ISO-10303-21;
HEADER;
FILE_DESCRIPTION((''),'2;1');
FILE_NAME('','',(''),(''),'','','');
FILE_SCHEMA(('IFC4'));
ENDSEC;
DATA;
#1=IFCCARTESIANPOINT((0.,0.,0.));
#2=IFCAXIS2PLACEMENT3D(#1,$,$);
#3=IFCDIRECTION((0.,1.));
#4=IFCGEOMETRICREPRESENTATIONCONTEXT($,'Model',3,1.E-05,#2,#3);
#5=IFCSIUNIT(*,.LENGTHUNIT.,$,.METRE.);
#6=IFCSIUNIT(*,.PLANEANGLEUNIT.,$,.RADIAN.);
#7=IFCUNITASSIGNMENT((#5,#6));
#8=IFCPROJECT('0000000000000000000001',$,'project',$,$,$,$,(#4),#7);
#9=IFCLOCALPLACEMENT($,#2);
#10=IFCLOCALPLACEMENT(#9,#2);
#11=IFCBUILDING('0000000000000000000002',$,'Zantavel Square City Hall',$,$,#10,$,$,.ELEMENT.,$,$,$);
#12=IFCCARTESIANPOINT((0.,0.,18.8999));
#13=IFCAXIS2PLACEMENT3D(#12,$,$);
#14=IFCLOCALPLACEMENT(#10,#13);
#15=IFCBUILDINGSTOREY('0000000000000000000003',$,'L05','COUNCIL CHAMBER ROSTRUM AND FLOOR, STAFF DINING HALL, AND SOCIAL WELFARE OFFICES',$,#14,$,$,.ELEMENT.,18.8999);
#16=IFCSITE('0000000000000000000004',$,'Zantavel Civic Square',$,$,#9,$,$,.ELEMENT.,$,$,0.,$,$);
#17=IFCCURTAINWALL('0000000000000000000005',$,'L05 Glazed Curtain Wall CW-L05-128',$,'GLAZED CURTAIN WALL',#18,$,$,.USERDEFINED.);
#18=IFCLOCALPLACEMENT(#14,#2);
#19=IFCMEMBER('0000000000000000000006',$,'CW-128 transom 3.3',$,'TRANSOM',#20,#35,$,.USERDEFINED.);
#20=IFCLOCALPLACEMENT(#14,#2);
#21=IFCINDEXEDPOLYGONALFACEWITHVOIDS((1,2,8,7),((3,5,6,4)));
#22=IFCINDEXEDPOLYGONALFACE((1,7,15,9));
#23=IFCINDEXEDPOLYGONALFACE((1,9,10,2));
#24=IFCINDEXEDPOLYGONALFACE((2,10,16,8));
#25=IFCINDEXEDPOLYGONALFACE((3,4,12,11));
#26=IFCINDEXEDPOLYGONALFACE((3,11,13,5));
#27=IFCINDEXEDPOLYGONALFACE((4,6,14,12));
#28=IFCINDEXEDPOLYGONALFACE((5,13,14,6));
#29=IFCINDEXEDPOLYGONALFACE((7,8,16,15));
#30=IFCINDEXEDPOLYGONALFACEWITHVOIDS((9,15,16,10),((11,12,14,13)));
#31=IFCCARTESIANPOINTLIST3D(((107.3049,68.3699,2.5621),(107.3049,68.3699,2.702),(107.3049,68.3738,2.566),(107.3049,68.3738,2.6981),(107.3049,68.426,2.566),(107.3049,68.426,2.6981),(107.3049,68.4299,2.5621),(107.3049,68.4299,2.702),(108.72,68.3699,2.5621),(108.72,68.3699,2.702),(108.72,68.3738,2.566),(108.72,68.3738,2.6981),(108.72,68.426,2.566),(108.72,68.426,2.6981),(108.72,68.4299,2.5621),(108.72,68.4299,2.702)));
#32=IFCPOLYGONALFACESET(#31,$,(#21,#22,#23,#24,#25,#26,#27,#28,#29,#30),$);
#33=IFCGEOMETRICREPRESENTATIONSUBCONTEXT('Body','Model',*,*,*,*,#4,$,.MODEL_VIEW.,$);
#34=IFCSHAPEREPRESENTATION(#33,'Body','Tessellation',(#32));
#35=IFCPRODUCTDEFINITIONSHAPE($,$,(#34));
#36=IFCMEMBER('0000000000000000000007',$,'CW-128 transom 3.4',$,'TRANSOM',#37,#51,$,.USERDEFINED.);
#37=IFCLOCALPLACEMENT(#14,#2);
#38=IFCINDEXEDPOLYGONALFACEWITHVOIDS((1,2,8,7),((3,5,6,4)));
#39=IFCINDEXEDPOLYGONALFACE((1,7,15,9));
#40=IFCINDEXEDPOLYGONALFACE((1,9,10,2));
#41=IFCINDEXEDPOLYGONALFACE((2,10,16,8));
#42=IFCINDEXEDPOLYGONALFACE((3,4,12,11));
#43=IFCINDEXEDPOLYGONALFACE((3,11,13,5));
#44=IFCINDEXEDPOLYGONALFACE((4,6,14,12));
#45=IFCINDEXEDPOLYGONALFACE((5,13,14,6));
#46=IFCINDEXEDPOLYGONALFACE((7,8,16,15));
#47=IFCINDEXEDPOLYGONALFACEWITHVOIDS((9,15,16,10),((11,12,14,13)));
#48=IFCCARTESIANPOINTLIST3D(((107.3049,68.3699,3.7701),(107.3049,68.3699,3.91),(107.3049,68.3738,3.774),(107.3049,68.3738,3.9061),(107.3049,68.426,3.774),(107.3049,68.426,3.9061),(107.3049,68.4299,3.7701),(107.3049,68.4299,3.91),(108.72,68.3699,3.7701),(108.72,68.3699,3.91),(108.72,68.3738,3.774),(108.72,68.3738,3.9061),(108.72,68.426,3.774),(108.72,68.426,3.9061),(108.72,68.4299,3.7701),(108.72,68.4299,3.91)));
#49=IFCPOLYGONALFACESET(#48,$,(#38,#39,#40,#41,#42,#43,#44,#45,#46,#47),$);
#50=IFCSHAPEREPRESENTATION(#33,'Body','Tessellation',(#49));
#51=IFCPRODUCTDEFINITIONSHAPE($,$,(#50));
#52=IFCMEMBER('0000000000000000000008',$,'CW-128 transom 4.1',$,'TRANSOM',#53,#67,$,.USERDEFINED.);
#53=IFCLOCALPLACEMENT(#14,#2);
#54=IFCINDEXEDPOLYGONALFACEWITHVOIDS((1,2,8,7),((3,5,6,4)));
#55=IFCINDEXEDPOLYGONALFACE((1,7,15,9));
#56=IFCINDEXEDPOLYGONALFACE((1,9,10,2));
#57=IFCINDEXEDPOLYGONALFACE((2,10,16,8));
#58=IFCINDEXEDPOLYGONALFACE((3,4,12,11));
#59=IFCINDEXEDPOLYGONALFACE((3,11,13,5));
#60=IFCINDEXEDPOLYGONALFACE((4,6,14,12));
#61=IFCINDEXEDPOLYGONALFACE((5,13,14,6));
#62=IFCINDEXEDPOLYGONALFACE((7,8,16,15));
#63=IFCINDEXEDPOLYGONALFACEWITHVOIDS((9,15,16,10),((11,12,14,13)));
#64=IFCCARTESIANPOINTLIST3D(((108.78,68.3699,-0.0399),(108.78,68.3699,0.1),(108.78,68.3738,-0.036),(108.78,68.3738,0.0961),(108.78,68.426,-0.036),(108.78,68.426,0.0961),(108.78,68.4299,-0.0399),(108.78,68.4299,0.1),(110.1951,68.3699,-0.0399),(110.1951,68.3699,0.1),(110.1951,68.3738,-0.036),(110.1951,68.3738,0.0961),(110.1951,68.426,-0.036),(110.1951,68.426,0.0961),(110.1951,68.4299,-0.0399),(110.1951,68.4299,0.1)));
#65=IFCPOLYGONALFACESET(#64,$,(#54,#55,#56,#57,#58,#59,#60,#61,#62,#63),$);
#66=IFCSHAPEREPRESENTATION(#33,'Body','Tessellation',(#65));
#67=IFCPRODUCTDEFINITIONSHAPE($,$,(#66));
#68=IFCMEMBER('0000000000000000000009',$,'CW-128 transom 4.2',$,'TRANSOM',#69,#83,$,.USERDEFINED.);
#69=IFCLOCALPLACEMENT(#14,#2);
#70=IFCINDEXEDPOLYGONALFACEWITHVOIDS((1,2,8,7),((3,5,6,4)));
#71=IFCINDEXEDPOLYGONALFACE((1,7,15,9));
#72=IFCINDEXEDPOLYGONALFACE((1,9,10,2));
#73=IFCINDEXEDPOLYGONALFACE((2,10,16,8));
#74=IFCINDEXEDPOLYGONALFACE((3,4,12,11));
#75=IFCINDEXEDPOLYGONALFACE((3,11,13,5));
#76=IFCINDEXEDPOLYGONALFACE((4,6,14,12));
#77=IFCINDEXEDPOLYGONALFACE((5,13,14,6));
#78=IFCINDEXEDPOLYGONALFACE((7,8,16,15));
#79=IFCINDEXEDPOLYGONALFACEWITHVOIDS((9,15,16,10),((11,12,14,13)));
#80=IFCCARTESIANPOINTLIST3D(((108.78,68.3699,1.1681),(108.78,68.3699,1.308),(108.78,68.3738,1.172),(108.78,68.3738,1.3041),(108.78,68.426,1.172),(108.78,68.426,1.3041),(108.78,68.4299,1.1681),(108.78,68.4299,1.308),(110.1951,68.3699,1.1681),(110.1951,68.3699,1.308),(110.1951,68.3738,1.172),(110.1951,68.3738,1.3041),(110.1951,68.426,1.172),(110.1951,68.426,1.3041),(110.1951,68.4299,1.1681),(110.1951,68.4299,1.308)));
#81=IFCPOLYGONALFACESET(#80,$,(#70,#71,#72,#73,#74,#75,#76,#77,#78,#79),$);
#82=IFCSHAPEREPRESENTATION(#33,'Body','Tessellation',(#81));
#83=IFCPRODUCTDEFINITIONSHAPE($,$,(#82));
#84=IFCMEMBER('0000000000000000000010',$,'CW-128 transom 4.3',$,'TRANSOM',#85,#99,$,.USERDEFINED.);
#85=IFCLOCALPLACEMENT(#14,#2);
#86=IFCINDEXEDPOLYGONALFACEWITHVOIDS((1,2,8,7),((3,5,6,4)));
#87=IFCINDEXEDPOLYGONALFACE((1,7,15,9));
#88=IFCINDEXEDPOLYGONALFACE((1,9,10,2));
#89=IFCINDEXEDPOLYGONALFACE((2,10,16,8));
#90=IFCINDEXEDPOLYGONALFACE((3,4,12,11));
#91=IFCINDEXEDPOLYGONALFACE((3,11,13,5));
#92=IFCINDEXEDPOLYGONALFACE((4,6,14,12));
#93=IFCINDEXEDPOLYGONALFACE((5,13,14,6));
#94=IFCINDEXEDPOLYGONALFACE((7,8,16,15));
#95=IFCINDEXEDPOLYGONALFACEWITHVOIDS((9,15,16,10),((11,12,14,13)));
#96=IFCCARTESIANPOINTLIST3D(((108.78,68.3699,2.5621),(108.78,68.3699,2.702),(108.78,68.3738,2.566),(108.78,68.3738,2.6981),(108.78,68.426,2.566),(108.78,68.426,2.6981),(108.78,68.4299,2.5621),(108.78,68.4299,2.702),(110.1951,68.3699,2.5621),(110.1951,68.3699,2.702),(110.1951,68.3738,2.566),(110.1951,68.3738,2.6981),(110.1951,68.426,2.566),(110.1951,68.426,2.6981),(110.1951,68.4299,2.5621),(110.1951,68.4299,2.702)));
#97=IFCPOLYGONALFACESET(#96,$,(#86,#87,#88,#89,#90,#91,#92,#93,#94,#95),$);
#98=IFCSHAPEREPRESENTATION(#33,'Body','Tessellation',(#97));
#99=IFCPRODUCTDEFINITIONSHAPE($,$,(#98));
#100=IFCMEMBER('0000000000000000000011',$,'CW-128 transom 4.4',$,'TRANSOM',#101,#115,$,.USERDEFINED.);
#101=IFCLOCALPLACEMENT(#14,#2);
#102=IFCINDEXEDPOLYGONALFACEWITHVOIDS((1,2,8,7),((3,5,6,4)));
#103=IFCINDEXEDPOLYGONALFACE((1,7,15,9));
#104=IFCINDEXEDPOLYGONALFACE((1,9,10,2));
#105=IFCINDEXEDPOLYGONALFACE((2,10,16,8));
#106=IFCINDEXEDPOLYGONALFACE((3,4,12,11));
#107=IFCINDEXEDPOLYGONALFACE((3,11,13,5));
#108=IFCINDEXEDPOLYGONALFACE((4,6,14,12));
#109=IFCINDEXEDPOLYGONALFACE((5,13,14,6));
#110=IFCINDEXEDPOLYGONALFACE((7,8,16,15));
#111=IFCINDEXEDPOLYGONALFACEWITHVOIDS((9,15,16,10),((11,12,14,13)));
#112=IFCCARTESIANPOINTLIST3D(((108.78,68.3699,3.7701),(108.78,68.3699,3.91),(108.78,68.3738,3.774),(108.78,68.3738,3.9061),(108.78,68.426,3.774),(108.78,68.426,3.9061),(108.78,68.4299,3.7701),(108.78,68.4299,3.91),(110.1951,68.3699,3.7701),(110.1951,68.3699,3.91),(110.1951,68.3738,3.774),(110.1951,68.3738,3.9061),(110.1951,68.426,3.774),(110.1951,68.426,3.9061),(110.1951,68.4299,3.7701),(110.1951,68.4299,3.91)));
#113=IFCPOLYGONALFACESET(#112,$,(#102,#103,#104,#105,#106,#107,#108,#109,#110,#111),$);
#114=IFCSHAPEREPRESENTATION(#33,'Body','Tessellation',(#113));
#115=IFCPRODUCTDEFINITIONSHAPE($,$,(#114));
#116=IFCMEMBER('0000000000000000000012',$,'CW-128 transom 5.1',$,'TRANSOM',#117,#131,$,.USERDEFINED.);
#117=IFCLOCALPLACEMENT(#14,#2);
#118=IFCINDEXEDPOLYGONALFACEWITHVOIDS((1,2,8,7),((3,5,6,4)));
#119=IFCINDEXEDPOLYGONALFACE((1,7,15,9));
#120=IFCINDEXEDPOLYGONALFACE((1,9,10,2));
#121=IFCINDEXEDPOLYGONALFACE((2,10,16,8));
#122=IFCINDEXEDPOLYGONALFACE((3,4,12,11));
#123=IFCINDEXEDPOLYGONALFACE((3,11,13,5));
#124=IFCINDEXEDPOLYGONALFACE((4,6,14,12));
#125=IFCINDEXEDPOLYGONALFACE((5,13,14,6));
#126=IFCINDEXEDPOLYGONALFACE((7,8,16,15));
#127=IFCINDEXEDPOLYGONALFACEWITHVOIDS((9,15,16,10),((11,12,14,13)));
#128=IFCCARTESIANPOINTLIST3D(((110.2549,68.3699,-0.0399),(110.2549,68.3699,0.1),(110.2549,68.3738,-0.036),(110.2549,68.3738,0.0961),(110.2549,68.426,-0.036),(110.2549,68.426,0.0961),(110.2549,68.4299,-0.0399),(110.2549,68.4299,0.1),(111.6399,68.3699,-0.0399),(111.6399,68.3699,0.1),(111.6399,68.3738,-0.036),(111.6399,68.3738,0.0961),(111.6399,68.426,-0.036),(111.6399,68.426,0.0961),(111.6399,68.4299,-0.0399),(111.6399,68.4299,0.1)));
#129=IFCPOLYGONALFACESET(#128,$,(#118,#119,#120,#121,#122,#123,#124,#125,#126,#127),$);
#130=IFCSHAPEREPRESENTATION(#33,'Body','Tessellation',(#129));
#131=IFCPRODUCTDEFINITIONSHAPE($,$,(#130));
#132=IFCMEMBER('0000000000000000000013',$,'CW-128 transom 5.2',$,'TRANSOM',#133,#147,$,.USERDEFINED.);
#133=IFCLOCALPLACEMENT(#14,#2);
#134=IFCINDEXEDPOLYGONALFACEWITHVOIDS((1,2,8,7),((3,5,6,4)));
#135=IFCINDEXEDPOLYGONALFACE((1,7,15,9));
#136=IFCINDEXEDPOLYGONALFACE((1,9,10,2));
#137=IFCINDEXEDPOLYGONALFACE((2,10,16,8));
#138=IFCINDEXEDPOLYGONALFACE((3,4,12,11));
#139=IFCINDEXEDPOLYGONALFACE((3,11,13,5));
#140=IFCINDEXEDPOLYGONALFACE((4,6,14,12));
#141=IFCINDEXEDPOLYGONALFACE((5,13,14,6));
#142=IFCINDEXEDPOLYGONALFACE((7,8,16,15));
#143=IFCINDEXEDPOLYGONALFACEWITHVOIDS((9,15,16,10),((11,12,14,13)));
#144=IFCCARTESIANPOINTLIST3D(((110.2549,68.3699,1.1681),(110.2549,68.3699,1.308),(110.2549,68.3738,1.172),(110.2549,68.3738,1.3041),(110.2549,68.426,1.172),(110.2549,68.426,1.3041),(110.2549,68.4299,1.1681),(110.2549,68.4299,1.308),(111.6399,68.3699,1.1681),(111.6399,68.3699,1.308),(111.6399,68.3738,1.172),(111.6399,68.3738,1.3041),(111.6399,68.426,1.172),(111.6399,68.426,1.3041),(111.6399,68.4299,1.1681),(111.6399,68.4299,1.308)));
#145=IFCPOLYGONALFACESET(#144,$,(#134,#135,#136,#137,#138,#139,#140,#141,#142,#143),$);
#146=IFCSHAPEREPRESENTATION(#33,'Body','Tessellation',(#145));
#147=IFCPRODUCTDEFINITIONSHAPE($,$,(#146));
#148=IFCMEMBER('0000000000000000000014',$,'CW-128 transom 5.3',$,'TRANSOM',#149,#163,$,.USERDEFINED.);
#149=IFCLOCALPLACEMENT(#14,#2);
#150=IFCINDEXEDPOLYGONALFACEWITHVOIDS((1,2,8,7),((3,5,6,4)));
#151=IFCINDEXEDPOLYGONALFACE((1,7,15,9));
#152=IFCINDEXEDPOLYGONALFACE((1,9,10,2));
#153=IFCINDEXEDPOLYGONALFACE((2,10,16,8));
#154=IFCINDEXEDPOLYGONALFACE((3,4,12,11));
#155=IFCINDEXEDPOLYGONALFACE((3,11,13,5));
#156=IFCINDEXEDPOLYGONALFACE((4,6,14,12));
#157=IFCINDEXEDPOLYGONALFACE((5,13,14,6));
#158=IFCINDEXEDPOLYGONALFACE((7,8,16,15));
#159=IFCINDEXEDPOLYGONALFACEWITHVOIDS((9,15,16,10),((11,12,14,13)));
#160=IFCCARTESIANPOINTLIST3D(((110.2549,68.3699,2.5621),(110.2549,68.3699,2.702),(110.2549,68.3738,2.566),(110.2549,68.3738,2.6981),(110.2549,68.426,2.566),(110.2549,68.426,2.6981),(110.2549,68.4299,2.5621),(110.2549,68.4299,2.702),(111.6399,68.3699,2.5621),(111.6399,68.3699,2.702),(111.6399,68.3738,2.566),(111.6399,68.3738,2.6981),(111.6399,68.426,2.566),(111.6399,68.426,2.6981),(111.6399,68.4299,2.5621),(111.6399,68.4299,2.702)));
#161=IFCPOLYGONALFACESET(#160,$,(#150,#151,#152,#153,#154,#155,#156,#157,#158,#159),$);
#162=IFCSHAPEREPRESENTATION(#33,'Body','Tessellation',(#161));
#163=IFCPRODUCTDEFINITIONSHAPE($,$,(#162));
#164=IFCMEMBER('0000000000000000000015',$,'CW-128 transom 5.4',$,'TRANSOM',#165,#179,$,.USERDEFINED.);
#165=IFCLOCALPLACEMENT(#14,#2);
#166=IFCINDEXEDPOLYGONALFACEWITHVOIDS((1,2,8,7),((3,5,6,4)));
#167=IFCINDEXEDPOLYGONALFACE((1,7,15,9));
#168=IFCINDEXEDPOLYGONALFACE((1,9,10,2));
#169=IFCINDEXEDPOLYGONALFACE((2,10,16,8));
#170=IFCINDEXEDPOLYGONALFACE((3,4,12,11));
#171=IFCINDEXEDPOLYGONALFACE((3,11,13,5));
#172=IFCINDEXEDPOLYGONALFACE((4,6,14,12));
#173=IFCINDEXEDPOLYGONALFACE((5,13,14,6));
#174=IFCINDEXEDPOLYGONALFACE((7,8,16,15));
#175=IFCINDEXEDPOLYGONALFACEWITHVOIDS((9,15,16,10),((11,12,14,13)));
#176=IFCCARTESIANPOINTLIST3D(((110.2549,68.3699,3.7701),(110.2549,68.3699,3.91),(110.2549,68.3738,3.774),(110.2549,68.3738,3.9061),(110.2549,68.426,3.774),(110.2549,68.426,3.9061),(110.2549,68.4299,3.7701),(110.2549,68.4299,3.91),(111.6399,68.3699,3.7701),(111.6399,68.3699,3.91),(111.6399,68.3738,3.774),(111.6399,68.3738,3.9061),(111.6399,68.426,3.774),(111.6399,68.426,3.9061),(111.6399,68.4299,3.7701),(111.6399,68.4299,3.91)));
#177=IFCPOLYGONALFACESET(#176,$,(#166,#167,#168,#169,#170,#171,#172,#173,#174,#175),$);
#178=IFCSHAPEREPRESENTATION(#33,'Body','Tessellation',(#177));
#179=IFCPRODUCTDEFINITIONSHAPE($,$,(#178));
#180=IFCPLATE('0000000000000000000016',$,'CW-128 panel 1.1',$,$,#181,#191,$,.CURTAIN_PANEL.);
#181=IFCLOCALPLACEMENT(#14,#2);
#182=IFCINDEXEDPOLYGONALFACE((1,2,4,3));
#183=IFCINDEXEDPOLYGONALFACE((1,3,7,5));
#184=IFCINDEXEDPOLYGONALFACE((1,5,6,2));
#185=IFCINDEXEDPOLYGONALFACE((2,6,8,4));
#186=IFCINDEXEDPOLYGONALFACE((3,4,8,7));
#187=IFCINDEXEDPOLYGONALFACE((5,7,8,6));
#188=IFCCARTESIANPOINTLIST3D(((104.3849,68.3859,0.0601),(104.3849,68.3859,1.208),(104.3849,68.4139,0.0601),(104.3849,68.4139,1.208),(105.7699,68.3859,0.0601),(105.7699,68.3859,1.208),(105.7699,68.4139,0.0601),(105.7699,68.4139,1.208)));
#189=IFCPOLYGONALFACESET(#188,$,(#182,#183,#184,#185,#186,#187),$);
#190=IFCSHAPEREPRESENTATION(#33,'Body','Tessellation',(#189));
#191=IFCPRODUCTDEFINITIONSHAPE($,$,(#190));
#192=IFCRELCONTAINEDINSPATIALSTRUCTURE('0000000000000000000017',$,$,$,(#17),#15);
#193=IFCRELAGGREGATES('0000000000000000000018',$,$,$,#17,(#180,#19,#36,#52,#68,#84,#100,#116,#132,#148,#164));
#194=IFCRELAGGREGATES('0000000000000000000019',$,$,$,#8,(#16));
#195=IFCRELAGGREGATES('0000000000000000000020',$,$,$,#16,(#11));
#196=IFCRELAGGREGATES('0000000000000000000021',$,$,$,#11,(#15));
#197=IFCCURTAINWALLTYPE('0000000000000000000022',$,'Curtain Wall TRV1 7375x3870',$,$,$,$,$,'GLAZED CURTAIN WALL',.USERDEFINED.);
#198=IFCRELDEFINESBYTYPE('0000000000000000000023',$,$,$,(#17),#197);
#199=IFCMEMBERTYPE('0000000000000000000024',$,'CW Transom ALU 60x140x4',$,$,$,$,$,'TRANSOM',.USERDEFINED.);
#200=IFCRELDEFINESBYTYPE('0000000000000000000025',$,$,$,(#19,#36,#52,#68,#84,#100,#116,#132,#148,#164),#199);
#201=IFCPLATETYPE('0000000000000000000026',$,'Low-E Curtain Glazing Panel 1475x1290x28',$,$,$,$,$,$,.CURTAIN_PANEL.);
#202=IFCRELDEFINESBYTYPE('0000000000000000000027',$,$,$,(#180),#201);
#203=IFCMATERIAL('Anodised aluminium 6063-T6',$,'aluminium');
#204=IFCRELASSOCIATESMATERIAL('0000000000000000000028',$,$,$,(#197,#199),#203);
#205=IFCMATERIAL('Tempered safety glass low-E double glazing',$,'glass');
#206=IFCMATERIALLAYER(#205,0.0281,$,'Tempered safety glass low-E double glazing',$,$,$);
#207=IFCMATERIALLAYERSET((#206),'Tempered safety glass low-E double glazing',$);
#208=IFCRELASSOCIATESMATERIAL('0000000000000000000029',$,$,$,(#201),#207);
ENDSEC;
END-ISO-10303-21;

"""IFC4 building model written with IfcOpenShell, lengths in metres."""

from ifc_helpers import new_model, si_unit, direction, frame, origin, origin_2d, place, context, subcontext, project, spatial, rectangle, hollow_rectangle, extrude, material, layer, layer_set, material_profile, profile_set, type_object, element, aggregate, save


model = new_model("IFC4")

# Units and contexts
model_context = context("Model", 3, precision=1e-05, world=origin(), true_north=direction((0.0, 1.0)))
body_context = subcontext(model_context, "Body", "Model", "MODEL_VIEW")
ifc_project = project(units=[si_unit("LENGTHUNIT", "METRE"), si_unit("PLANEANGLEUNIT", "RADIAN")], contexts=[model_context])

# Site, building, storey
site_placement = place(None, origin())
site = spatial("IfcSite", under=ifc_project, at=site_placement, Name="Zantavel Civic Square", CompositionType="ELEMENT", RefElevation=0.0)
building_placement = place(site_placement, origin())
building = spatial("IfcBuilding", under=site, at=building_placement, Name="Zantavel Square City Hall", CompositionType="ELEMENT")
storey_placement = place(building_placement, frame((0.0, 0.0, 18.8999)))
storey = spatial("IfcBuildingStorey", under=building, at=storey_placement, Name="L05", Description="COUNCIL CHAMBER ROSTRUM AND FLOOR, STAFF DINING HALL, AND SOCIAL WELFARE OFFICES", CompositionType="ELEMENT", Elevation=18.8999)

# Curtain wall, members, plate
ifc_material_1 = material(Name="Anodised aluminium 6063-T6", Category="aluminium")
curtain_wall_type = type_object("IfcCurtainWallType", Name="Curtain Wall TRV1 7375x3870", ElementType="GLAZED CURTAIN WALL", PredefinedType="USERDEFINED", material=ifc_material_1)
curtain_wall_placement = place(storey_placement, origin())
curtain_wall = element("IfcCurtainWall", 1, at=curtain_wall_placement, inside=storey, type_object=curtain_wall_type, Name="L05 Glazed Curtain Wall CW-L05-128", ObjectType="GLAZED CURTAIN WALL", PredefinedType="USERDEFINED")
ifc_material_profile_1 = material_profile(ifc_material_1, hollow_rectangle(XDim=0.0601, YDim=0.1399, WallThickness=0.0039, at=origin_2d()), Name="ALU 60x140x4")
ifc_profile_set_1 = profile_set([ifc_material_profile_1], Name="Anodised aluminium 6063-T6")
member_type_1 = type_object("IfcMemberType", Name="CW Transom ALU 60x140x4", ElementType="TRANSOM", PredefinedType="USERDEFINED", material=ifc_profile_set_1)
member_1_placement = place(storey_placement, frame((107.3049, 68.3999, 2.6321), z_axis=(1.0, 0.0, 0.0), x_axis=(0.0, 1.0, 0.0)))
member_1 = element("IfcMember", 2, at=member_1_placement, type_object=member_type_1, Name="CW-128 transom 3.3", ObjectType="TRANSOM", PredefinedType="USERDEFINED", context=body_context, shape_type="SweptSolid", body=[
    extrude(hollow_rectangle(XDim=0.0601, YDim=0.1399, WallThickness=0.0039, at=origin_2d()), origin(), (0.0, 0.0, 1.0), 1.415),
])
member_2_placement = place(storey_placement, frame((107.3049, 68.3999, 3.8401), z_axis=(1.0, 0.0, 0.0), x_axis=(0.0, 1.0, 0.0)))
member_2 = element("IfcMember", 3, at=member_2_placement, type_object=member_type_1, Name="CW-128 transom 3.4", ObjectType="TRANSOM", PredefinedType="USERDEFINED", context=body_context, shape_type="SweptSolid", body=[
    extrude(hollow_rectangle(XDim=0.0601, YDim=0.1399, WallThickness=0.0039, at=origin_2d()), origin(), (0.0, 0.0, 1.0), 1.415),
])
member_3_placement = place(storey_placement, frame((108.78, 68.3999, 0.03), z_axis=(1.0, 0.0, 0.0), x_axis=(0.0, 1.0, 0.0)))
member_3 = element("IfcMember", 4, at=member_3_placement, type_object=member_type_1, Name="CW-128 transom 4.1", ObjectType="TRANSOM", PredefinedType="USERDEFINED", context=body_context, shape_type="SweptSolid", body=[
    extrude(hollow_rectangle(XDim=0.0601, YDim=0.1399, WallThickness=0.0039, at=origin_2d()), origin(), (0.0, 0.0, 1.0), 1.415),
])
member_4_placement = place(storey_placement, frame((108.78, 68.3999, 1.238), z_axis=(1.0, 0.0, 0.0), x_axis=(0.0, 1.0, 0.0)))
member_4 = element("IfcMember", 5, at=member_4_placement, type_object=member_type_1, Name="CW-128 transom 4.2", ObjectType="TRANSOM", PredefinedType="USERDEFINED", context=body_context, shape_type="SweptSolid", body=[
    extrude(hollow_rectangle(XDim=0.0601, YDim=0.1399, WallThickness=0.0039, at=origin_2d()), origin(), (0.0, 0.0, 1.0), 1.415),
])
member_5_placement = place(storey_placement, frame((108.78, 68.3999, 2.6321), z_axis=(1.0, 0.0, 0.0), x_axis=(0.0, 1.0, 0.0)))
member_5 = element("IfcMember", 6, at=member_5_placement, type_object=member_type_1, Name="CW-128 transom 4.3", ObjectType="TRANSOM", PredefinedType="USERDEFINED", context=body_context, shape_type="SweptSolid", body=[
    extrude(hollow_rectangle(XDim=0.0601, YDim=0.1399, WallThickness=0.0039, at=origin_2d()), origin(), (0.0, 0.0, 1.0), 1.415),
])
member_6_placement = place(storey_placement, frame((108.78, 68.3999, 3.8401), z_axis=(1.0, 0.0, 0.0), x_axis=(0.0, 1.0, 0.0)))
member_6 = element("IfcMember", 7, at=member_6_placement, type_object=member_type_1, Name="CW-128 transom 4.4", ObjectType="TRANSOM", PredefinedType="USERDEFINED", context=body_context, shape_type="SweptSolid", body=[
    extrude(hollow_rectangle(XDim=0.0601, YDim=0.1399, WallThickness=0.0039, at=origin_2d()), origin(), (0.0, 0.0, 1.0), 1.415),
])
member_7_placement = place(storey_placement, frame((110.2549, 68.3999, 0.03), z_axis=(1.0, 0.0, 0.0), x_axis=(0.0, 1.0, 0.0)))
member_7 = element("IfcMember", 8, at=member_7_placement, type_object=member_type_1, Name="CW-128 transom 5.1", ObjectType="TRANSOM", PredefinedType="USERDEFINED", context=body_context, shape_type="SweptSolid", body=[
    extrude(hollow_rectangle(XDim=0.0601, YDim=0.1399, WallThickness=0.0039, at=origin_2d()), origin(), (0.0, 0.0, 1.0), 1.385),
])
member_8_placement = place(storey_placement, frame((110.2549, 68.3999, 1.238), z_axis=(1.0, 0.0, 0.0), x_axis=(0.0, 1.0, 0.0)))
member_8 = element("IfcMember", 9, at=member_8_placement, type_object=member_type_1, Name="CW-128 transom 5.2", ObjectType="TRANSOM", PredefinedType="USERDEFINED", context=body_context, shape_type="SweptSolid", body=[
    extrude(hollow_rectangle(XDim=0.0601, YDim=0.1399, WallThickness=0.0039, at=origin_2d()), origin(), (0.0, 0.0, 1.0), 1.385),
])
member_9_placement = place(storey_placement, frame((110.2549, 68.3999, 2.6321), z_axis=(1.0, 0.0, 0.0), x_axis=(0.0, 1.0, 0.0)))
member_9 = element("IfcMember", 10, at=member_9_placement, type_object=member_type_1, Name="CW-128 transom 5.3", ObjectType="TRANSOM", PredefinedType="USERDEFINED", context=body_context, shape_type="SweptSolid", body=[
    extrude(hollow_rectangle(XDim=0.0601, YDim=0.1399, WallThickness=0.0039, at=origin_2d()), origin(), (0.0, 0.0, 1.0), 1.385),
])
member_10_placement = place(storey_placement, frame((110.2549, 68.3999, 3.8401), z_axis=(1.0, 0.0, 0.0), x_axis=(0.0, 1.0, 0.0)))
member_10 = element("IfcMember", 11, at=member_10_placement, type_object=member_type_1, Name="CW-128 transom 5.4", ObjectType="TRANSOM", PredefinedType="USERDEFINED", context=body_context, shape_type="SweptSolid", body=[
    extrude(hollow_rectangle(XDim=0.0601, YDim=0.1399, WallThickness=0.0039, at=origin_2d()), origin(), (0.0, 0.0, 1.0), 1.385),
])
ifc_material_2 = material(Name="Tempered safety glass low-E double glazing", Category="glass")
ifc_layer_1 = layer(ifc_material_2, 0.0281, Name="Tempered safety glass low-E double glazing")
ifc_layer_set_1 = layer_set([ifc_layer_1], Name="Tempered safety glass low-E double glazing")
plate_type = type_object("IfcPlateType", Name="Low-E Curtain Glazing Panel 1475x1290x28", PredefinedType="CURTAIN_PANEL", material=ifc_layer_set_1)
plate_1_placement = place(storey_placement, frame((105.0774, 68.3999, 0.0601), z_axis=(0.0, 0.0, 1.0), x_axis=(1.0, 0.0, 0.0)))
plate_1 = element("IfcPlate", 12, at=plate_1_placement, type_object=plate_type, Name="CW-128 panel 1.1", PredefinedType="CURTAIN_PANEL", context=body_context, shape_type="SweptSolid", body=[
    extrude(rectangle(XDim=1.385, YDim=0.0281, at=origin_2d()), origin(), (0.0, 0.0, 1.0), 1.1479),
])
aggregate(curtain_wall, [plate_1, member_1, member_2, member_3, member_4, member_5, member_6, member_7, member_8, member_9, member_10])

save(model, "model.ifc")
